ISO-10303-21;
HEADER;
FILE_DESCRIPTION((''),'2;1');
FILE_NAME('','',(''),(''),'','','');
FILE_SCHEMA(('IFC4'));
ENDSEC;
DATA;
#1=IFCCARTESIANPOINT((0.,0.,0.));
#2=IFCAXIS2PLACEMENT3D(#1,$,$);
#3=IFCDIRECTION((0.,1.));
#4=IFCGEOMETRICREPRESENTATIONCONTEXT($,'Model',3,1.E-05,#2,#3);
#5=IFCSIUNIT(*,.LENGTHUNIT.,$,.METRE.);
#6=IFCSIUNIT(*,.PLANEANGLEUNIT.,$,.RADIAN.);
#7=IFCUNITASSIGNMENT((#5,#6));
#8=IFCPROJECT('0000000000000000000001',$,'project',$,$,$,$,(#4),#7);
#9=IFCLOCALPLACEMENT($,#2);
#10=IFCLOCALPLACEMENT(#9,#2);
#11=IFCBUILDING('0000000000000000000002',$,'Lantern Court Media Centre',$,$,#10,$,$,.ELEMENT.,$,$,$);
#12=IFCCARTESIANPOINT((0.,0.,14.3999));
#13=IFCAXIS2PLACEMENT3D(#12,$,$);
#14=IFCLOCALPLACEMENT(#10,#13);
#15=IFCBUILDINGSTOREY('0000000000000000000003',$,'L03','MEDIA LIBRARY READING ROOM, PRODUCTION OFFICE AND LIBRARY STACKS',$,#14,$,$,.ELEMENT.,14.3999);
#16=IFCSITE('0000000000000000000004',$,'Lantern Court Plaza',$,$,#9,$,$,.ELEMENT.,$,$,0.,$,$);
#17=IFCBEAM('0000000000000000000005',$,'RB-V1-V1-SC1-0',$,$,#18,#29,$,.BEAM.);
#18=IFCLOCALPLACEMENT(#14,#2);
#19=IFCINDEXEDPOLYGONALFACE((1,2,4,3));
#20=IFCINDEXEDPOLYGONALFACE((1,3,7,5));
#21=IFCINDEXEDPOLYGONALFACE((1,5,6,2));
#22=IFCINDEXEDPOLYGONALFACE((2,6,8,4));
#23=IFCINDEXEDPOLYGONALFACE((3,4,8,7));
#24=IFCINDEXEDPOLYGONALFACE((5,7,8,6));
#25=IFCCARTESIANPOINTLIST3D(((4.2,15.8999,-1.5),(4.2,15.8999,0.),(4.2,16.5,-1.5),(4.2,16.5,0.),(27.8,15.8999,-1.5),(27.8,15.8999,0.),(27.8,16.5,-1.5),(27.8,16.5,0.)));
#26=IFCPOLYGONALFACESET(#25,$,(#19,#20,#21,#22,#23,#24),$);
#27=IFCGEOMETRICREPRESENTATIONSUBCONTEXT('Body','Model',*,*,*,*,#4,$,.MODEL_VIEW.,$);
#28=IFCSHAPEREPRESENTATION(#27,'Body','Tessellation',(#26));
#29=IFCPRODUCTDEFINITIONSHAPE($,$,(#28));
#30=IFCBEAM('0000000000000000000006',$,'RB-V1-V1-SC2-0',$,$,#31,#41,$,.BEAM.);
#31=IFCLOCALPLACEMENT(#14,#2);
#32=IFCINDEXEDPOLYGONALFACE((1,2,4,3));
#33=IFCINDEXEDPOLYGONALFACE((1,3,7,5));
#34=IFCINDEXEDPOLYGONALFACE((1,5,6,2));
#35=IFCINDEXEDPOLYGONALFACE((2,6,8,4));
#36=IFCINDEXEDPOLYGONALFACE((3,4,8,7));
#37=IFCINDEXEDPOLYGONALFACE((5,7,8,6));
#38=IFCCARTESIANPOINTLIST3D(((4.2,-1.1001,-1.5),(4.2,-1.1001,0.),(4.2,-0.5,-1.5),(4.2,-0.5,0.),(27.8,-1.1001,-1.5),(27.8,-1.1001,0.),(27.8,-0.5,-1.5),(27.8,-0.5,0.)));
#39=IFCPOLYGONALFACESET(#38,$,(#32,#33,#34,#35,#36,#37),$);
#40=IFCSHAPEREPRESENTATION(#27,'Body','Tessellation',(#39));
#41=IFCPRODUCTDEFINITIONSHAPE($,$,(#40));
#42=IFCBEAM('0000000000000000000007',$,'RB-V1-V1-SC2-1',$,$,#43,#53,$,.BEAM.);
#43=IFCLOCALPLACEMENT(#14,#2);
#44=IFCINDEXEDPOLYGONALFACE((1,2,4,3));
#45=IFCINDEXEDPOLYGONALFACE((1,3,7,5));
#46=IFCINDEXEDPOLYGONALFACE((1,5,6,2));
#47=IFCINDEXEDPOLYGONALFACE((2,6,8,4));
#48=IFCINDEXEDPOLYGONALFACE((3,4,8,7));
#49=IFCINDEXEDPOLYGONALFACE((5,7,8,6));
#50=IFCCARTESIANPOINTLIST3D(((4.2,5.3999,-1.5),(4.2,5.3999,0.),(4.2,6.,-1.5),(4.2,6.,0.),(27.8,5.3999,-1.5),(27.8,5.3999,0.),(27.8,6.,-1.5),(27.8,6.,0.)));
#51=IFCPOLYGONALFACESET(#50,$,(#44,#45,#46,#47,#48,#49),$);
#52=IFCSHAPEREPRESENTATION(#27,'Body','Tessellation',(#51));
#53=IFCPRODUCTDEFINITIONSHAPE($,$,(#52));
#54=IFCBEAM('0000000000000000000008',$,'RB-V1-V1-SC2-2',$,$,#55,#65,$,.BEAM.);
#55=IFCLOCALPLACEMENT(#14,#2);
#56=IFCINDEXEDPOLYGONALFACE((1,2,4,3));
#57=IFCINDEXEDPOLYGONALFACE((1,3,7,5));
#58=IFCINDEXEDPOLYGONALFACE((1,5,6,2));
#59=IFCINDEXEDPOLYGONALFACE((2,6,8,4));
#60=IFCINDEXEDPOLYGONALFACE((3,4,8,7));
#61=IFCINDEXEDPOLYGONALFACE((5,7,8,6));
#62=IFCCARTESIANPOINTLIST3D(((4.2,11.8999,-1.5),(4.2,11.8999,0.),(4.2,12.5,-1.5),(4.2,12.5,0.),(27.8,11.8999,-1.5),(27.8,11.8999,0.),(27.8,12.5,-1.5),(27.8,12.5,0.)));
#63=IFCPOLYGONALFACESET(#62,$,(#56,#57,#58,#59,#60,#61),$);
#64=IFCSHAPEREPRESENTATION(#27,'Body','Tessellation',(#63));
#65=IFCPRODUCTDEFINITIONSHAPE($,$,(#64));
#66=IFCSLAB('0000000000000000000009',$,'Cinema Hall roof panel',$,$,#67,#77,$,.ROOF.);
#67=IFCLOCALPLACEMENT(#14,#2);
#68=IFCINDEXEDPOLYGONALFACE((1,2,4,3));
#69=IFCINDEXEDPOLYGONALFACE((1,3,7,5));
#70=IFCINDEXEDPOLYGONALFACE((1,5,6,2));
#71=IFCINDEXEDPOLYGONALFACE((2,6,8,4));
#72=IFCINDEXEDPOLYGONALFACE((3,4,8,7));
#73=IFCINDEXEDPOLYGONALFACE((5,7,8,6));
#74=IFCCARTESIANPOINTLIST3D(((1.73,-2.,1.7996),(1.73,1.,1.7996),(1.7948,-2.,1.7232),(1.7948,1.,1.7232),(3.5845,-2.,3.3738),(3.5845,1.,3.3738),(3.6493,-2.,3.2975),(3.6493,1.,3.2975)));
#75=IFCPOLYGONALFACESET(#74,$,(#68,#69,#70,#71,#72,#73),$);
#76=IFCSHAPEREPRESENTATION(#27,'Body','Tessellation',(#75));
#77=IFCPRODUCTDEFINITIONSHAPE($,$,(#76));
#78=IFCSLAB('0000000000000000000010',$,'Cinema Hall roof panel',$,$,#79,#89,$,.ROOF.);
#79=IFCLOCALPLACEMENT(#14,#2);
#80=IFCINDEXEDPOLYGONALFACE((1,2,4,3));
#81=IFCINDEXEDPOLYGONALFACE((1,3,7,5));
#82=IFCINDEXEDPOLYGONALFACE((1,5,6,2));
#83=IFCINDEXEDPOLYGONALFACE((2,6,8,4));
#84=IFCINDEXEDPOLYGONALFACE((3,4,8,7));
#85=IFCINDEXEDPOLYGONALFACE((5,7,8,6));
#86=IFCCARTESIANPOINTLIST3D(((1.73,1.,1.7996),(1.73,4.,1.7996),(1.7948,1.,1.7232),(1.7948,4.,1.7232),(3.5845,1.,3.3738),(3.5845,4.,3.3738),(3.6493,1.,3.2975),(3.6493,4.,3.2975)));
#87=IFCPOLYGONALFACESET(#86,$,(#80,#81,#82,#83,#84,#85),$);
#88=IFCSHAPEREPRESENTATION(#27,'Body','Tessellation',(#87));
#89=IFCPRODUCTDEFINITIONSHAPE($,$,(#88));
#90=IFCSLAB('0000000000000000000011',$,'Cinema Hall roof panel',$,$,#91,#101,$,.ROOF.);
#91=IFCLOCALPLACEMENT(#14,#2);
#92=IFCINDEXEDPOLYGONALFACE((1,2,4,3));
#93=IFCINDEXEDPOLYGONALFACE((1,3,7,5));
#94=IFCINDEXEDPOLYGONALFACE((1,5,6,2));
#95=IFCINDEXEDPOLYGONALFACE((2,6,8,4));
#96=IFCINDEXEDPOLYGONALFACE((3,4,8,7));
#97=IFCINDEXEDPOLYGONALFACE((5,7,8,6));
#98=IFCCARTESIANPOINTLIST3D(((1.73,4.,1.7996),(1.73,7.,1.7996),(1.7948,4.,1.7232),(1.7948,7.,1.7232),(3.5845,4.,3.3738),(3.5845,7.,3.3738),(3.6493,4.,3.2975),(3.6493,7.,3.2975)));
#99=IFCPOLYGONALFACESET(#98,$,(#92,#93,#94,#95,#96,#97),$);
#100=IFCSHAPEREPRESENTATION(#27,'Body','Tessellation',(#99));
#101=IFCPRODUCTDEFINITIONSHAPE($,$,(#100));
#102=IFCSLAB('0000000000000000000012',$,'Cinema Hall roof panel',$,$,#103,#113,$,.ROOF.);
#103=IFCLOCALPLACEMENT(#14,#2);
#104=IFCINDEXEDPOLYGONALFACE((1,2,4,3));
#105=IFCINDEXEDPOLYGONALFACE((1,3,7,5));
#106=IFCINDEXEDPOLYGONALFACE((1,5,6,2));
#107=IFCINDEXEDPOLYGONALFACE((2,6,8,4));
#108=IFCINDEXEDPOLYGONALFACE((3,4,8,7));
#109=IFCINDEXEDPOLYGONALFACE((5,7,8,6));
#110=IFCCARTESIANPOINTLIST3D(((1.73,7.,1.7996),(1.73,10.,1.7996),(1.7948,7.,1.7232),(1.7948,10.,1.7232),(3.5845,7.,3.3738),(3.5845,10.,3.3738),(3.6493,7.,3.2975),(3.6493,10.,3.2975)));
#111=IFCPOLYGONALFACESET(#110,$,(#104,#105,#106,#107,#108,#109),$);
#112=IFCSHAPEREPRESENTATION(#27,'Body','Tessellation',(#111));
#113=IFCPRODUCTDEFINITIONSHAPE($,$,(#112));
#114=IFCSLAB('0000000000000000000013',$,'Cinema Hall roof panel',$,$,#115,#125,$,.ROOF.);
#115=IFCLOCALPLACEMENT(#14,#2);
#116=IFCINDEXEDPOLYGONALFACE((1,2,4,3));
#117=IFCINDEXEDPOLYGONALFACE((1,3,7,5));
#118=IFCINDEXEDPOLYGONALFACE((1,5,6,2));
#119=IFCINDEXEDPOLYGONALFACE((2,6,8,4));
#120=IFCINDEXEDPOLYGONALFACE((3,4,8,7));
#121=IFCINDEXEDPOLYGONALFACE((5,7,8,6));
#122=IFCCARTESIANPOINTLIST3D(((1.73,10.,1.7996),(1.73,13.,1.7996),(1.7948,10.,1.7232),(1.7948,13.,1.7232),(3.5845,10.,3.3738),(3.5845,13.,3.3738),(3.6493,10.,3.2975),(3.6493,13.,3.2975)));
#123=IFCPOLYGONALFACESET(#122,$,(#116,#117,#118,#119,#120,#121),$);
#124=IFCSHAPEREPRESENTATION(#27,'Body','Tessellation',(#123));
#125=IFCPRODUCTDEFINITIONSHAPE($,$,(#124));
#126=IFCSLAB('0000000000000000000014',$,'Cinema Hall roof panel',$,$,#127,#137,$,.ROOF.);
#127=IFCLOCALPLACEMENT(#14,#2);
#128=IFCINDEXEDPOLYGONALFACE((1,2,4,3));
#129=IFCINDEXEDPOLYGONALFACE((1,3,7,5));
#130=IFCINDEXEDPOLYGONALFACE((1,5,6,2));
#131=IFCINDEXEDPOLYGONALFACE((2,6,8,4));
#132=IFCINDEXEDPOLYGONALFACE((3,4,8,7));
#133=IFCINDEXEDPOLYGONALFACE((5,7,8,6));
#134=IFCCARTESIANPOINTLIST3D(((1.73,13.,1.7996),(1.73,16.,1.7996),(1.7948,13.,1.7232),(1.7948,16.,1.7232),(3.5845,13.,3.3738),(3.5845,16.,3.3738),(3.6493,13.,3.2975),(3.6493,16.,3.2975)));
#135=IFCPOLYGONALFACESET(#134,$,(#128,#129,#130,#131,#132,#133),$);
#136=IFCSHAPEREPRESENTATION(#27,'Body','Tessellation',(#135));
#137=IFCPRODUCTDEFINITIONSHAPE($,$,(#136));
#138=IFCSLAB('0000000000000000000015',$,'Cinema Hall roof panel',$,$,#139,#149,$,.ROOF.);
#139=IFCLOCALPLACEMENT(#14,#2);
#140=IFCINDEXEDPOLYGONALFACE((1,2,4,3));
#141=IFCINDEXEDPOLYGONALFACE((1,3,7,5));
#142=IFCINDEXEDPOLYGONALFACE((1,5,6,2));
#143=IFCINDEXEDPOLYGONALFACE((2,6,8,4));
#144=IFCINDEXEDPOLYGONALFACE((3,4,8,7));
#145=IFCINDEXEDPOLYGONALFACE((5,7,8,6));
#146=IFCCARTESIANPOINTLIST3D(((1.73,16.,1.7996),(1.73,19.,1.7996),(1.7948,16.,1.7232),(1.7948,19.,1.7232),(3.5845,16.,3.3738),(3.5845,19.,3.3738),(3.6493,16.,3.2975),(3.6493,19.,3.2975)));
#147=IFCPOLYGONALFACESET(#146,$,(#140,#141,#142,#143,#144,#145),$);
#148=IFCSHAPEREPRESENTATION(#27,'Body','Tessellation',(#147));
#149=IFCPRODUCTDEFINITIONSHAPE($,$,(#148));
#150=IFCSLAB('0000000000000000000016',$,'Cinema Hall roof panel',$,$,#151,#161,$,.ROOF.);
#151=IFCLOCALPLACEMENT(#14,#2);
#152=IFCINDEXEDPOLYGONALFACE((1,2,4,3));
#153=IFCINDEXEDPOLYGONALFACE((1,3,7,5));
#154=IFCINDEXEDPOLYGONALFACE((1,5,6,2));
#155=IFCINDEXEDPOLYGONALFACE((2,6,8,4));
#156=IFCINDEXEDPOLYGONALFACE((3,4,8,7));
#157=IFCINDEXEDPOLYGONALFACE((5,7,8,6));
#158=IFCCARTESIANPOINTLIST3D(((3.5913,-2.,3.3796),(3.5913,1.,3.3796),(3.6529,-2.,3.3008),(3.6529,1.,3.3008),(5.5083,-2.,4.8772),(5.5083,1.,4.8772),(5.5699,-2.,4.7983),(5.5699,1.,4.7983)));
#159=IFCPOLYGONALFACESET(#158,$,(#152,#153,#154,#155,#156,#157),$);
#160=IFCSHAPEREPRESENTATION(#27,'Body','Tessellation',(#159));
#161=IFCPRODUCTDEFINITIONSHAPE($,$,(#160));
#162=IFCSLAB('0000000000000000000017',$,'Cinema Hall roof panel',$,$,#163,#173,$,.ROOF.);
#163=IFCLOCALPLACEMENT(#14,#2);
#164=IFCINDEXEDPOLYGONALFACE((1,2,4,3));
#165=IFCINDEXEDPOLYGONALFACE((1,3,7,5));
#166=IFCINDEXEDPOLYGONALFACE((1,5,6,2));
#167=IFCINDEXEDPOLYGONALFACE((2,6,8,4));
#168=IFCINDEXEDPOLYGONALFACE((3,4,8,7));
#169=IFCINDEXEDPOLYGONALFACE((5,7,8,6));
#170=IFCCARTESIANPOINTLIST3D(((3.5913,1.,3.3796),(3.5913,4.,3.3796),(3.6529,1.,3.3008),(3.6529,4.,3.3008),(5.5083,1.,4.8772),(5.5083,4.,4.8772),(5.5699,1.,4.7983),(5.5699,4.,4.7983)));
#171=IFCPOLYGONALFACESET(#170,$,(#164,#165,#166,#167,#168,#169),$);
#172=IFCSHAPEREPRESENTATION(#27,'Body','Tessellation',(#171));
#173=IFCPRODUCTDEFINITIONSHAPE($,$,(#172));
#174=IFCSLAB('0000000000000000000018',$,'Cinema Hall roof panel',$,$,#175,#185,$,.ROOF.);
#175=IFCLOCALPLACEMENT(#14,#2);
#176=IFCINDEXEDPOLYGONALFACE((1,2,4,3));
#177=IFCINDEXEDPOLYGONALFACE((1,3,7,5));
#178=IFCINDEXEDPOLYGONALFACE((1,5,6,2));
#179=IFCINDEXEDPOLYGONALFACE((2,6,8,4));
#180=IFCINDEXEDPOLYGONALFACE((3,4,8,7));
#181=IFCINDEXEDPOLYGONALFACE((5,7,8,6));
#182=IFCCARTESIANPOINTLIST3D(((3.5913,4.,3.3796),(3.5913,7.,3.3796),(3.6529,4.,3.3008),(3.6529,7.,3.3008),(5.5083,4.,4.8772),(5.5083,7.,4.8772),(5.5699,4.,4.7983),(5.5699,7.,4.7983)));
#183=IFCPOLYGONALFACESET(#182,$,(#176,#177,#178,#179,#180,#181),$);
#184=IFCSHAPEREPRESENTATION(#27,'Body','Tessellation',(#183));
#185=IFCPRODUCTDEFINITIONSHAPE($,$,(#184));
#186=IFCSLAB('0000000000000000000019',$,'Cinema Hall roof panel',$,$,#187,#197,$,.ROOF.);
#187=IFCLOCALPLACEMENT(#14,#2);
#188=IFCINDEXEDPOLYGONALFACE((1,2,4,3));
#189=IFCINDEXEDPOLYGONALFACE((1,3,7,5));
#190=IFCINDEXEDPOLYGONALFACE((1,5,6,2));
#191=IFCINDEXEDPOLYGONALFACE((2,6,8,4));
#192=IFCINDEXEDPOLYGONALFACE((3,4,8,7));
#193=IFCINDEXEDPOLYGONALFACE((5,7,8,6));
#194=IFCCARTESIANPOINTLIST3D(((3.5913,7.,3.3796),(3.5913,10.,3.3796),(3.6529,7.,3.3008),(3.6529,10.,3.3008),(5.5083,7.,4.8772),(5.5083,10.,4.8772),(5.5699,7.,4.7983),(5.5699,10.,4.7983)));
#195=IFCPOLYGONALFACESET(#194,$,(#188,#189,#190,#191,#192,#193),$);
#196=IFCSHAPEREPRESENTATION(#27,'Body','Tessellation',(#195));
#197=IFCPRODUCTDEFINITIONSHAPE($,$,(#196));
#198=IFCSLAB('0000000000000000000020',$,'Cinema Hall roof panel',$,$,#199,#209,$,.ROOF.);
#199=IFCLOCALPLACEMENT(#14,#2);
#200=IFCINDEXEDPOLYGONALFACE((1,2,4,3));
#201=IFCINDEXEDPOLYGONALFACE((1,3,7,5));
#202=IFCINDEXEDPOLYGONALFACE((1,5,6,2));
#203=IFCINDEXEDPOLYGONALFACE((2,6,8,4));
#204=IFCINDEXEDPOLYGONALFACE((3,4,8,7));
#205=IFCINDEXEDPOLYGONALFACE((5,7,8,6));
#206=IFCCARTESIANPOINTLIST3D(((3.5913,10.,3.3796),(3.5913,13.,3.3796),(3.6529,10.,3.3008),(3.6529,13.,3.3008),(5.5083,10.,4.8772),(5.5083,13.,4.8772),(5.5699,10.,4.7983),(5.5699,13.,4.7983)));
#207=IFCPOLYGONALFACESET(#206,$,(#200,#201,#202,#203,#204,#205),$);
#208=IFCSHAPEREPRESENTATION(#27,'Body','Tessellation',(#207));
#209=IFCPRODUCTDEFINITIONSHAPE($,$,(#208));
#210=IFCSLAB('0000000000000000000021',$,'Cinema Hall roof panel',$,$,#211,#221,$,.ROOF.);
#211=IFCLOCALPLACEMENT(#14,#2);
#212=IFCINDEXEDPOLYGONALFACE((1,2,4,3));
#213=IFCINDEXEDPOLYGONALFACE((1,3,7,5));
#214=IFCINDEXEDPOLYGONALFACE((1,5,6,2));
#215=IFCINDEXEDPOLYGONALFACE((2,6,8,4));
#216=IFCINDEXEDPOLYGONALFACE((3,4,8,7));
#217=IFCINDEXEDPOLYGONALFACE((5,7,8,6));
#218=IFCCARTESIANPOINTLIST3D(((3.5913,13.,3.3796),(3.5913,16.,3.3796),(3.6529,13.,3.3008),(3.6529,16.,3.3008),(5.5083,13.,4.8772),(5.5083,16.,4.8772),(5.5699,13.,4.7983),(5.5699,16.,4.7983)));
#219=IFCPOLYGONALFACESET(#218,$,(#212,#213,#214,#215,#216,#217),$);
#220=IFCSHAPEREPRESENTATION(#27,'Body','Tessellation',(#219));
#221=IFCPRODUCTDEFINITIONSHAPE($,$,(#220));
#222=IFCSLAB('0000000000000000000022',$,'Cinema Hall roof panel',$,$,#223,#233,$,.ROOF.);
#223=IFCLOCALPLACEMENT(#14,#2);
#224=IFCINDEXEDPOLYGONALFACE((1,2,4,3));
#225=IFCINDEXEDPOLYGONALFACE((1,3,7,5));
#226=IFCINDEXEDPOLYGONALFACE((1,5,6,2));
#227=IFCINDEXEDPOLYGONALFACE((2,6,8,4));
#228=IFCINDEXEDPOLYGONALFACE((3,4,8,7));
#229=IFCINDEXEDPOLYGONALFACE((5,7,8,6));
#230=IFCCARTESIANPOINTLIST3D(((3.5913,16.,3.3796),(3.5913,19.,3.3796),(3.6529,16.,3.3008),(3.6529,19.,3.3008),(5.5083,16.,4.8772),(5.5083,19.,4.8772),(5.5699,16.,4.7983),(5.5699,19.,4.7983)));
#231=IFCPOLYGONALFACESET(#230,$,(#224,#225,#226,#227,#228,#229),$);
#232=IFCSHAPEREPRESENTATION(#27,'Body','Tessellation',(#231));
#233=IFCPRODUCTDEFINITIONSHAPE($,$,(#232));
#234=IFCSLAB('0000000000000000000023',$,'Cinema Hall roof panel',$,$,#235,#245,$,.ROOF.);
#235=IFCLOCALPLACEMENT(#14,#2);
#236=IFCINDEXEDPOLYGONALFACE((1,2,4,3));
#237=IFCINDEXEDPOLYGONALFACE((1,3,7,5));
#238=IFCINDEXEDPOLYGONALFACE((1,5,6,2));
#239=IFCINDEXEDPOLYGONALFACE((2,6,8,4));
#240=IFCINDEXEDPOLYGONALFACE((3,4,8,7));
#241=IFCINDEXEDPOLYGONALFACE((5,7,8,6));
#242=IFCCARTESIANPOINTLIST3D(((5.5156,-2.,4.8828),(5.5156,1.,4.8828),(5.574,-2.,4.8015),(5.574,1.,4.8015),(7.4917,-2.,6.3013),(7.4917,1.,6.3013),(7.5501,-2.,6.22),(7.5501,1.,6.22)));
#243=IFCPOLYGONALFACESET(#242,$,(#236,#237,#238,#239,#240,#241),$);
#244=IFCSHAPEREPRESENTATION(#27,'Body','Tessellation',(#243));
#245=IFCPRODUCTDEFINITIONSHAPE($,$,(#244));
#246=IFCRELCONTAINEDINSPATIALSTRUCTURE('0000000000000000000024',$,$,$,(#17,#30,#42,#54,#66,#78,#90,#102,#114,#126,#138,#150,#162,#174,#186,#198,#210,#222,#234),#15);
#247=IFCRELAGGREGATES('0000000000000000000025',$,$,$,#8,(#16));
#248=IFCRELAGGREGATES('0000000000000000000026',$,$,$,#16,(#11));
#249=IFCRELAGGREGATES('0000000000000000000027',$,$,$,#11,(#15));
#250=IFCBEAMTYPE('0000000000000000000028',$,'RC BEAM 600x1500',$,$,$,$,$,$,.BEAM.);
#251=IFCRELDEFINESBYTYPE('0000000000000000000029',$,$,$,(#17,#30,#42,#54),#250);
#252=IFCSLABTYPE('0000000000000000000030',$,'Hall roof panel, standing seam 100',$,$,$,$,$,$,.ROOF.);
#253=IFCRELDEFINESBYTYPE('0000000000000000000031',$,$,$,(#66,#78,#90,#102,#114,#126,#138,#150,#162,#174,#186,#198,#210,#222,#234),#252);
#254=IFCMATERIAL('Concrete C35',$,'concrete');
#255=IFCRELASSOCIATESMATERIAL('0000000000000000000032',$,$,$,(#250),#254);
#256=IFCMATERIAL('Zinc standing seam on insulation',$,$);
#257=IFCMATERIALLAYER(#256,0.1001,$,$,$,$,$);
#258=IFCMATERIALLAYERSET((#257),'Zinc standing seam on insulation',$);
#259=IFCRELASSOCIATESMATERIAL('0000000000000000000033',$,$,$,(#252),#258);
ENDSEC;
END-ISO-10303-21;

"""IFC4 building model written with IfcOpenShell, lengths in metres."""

from ifc_helpers import new_model, si_unit, direction, frame, origin, origin_2d, place, context, subcontext, project, spatial, polyline, rectangle, outline, extrude, material, layer, layer_set, material_profile, profile_set, type_object, element, save


model = new_model("IFC4")

# Units and contexts
model_context = context("Model", 3, precision=1e-05, world=origin(), true_north=direction((0.0, 1.0)))
body_context = subcontext(model_context, "Body", "Model", "MODEL_VIEW")
ifc_project = project(units=[si_unit("LENGTHUNIT", "METRE"), si_unit("PLANEANGLEUNIT", "RADIAN")], contexts=[model_context])

# Site, building, storey
site_placement = place(None, origin())
site = spatial("IfcSite", under=ifc_project, at=site_placement, Name="Lantern Court Plaza", CompositionType="ELEMENT", RefElevation=0.0)
building_placement = place(site_placement, origin())
building = spatial("IfcBuilding", under=site, at=building_placement, Name="Lantern Court Media Centre", CompositionType="ELEMENT")
storey_placement = place(building_placement, frame((0.0, 0.0, 14.3999)))
storey = spatial("IfcBuildingStorey", under=building, at=storey_placement, Name="L03", Description="MEDIA LIBRARY READING ROOM, PRODUCTION OFFICE AND LIBRARY STACKS", CompositionType="ELEMENT", Elevation=14.3999)

# Beams
ifc_material_1 = material(Name="Concrete C35", Category="concrete")
ifc_material_profile = material_profile(ifc_material_1, rectangle(XDim=0.6001, YDim=1.5, at=origin_2d()), Name="RC 600x1500")
ifc_profile_set = profile_set([ifc_material_profile], Name="Concrete C35")
beam_type = type_object("IfcBeamType", Name="RC BEAM 600x1500", PredefinedType="BEAM", material=ifc_profile_set)
for number, where, z_axis, x_axis, name in (
    (1, (4.2, 16.2, -0.75), (1.0, 0.0, 0.0), (0.0, 1.0, 0.0), "RB-V1-V1-SC1-0"),
    (2, (4.2, -0.8, -0.75), (1.0, 0.0, 0.0), (0.0, 1.0, 0.0), "RB-V1-V1-SC2-0"),
    (3, (4.2, 5.7, -0.75), (1.0, 0.0, 0.0), (0.0, 1.0, 0.0), "RB-V1-V1-SC2-1"),
    (4, (4.2, 12.2, -0.75), (1.0, 0.0, 0.0), (0.0, 1.0, 0.0), "RB-V1-V1-SC2-2"),
):
    element("IfcBeam", number, at=place(storey_placement, frame(where, z_axis=z_axis, x_axis=x_axis)), inside=storey, type_object=beam_type, Name=name, PredefinedType="BEAM", context=body_context, shape_type="SweptSolid", body=[
        extrude(rectangle(XDim=0.6001, YDim=1.5, at=origin_2d()), origin(), (0.0, 0.0, 1.0), 23.6001),
    ])

# Slabs
ifc_material_2 = material(Name="Zinc standing seam on insulation")
ifc_layer_1 = layer(ifc_material_2, 0.1001)
ifc_layer_set_1 = layer_set([ifc_layer_1], Name="Zinc standing seam on insulation")
slab_type = type_object("IfcSlabType", Name="Hall roof panel, standing seam 100", PredefinedType="ROOF", material=ifc_layer_set_1)
for number, where, z_axis, x_axis, name in (
    (5, (1.73, -2.0, 1.7996), (-0.647147, 0.0, 0.762365), (0.762365, 0.0, 0.647147), "Cinema Hall roof panel"),
    (6, (1.73, 1.0, 1.7996), (-0.647147, 0.0, 0.762365), (0.762365, 0.0, 0.647147), "Cinema Hall roof panel"),
    (7, (1.73, 4.0, 1.7996), (-0.647147, 0.0, 0.762365), (0.762365, 0.0, 0.647147), "Cinema Hall roof panel"),
    (8, (1.73, 7.0, 1.7996), (-0.647147, 0.0, 0.762365), (0.762365, 0.0, 0.647147), "Cinema Hall roof panel"),
    (9, (1.73, 10.0, 1.7996), (-0.647147, 0.0, 0.762365), (0.762365, 0.0, 0.647147), "Cinema Hall roof panel"),
    (10, (1.73, 13.0, 1.7996), (-0.647147, 0.0, 0.762365), (0.762365, 0.0, 0.647147), "Cinema Hall roof panel"),
    (11, (1.73, 16.0, 1.7996), (-0.647147, 0.0, 0.762365), (0.762365, 0.0, 0.647147), "Cinema Hall roof panel"),
):
    element("IfcSlab", number, at=place(storey_placement, frame(where, z_axis=z_axis, x_axis=x_axis)), inside=storey, type_object=slab_type, Name=name, PredefinedType="ROOF", context=body_context, shape_type="SweptSolid", body=[
        extrude(outline(polyline([(0.0, 0.0), (2.4326, 0.0), (2.4326, 3.0), (0.0, 3.0), (0.0, 0.0)])), origin(), (0.0, 0.0, -1.0), 0.1001),
    ])
for number, where, z_axis, x_axis, name in (
    (12, (3.5913, -2.0, 3.3796), (-0.615621, 0.0, 0.788043), (0.788043, 0.0, 0.615621), "Cinema Hall roof panel"),
    (13, (3.5913, 1.0, 3.3796), (-0.615621, 0.0, 0.788043), (0.788043, 0.0, 0.615621), "Cinema Hall roof panel"),
    (14, (3.5913, 4.0, 3.3796), (-0.615621, 0.0, 0.788043), (0.788043, 0.0, 0.615621), "Cinema Hall roof panel"),
    (15, (3.5913, 7.0, 3.3796), (-0.615621, 0.0, 0.788043), (0.788043, 0.0, 0.615621), "Cinema Hall roof panel"),
    (16, (3.5913, 10.0, 3.3796), (-0.615621, 0.0, 0.788043), (0.788043, 0.0, 0.615621), "Cinema Hall roof panel"),
    (17, (3.5913, 13.0, 3.3796), (-0.615621, 0.0, 0.788043), (0.788043, 0.0, 0.615621), "Cinema Hall roof panel"),
    (18, (3.5913, 16.0, 3.3796), (-0.615621, 0.0, 0.788043), (0.788043, 0.0, 0.615621), "Cinema Hall roof panel"),
):
    element("IfcSlab", number, at=place(storey_placement, frame(where, z_axis=z_axis, x_axis=x_axis)), inside=storey, type_object=slab_type, Name=name, PredefinedType="ROOF", context=body_context, shape_type="SweptSolid", body=[
        extrude(outline(polyline([(0.0, 0.0), (2.4326, 0.0), (2.4326, 3.0), (0.0, 3.0), (0.0, 0.0)])), origin(), (0.0, 0.0, -1.0), 0.1001),
    ])
for number, where, z_axis, x_axis, name in (
    (19, (5.5156, -2.0, 4.8828), (-0.583135, 0.0, 0.812375), (0.812375, 0.0, 0.583135), "Cinema Hall roof panel"),
):
    element("IfcSlab", number, at=place(storey_placement, frame(where, z_axis=z_axis, x_axis=x_axis)), inside=storey, type_object=slab_type, Name=name, PredefinedType="ROOF", context=body_context, shape_type="SweptSolid", body=[
        extrude(outline(polyline([(0.0, 0.0), (2.4325, 0.0), (2.4325, 3.0), (0.0, 3.0), (0.0, 0.0)])), origin(), (0.0, 0.0, -1.0), 0.1001),
    ])

save(model, "model.ifc")
